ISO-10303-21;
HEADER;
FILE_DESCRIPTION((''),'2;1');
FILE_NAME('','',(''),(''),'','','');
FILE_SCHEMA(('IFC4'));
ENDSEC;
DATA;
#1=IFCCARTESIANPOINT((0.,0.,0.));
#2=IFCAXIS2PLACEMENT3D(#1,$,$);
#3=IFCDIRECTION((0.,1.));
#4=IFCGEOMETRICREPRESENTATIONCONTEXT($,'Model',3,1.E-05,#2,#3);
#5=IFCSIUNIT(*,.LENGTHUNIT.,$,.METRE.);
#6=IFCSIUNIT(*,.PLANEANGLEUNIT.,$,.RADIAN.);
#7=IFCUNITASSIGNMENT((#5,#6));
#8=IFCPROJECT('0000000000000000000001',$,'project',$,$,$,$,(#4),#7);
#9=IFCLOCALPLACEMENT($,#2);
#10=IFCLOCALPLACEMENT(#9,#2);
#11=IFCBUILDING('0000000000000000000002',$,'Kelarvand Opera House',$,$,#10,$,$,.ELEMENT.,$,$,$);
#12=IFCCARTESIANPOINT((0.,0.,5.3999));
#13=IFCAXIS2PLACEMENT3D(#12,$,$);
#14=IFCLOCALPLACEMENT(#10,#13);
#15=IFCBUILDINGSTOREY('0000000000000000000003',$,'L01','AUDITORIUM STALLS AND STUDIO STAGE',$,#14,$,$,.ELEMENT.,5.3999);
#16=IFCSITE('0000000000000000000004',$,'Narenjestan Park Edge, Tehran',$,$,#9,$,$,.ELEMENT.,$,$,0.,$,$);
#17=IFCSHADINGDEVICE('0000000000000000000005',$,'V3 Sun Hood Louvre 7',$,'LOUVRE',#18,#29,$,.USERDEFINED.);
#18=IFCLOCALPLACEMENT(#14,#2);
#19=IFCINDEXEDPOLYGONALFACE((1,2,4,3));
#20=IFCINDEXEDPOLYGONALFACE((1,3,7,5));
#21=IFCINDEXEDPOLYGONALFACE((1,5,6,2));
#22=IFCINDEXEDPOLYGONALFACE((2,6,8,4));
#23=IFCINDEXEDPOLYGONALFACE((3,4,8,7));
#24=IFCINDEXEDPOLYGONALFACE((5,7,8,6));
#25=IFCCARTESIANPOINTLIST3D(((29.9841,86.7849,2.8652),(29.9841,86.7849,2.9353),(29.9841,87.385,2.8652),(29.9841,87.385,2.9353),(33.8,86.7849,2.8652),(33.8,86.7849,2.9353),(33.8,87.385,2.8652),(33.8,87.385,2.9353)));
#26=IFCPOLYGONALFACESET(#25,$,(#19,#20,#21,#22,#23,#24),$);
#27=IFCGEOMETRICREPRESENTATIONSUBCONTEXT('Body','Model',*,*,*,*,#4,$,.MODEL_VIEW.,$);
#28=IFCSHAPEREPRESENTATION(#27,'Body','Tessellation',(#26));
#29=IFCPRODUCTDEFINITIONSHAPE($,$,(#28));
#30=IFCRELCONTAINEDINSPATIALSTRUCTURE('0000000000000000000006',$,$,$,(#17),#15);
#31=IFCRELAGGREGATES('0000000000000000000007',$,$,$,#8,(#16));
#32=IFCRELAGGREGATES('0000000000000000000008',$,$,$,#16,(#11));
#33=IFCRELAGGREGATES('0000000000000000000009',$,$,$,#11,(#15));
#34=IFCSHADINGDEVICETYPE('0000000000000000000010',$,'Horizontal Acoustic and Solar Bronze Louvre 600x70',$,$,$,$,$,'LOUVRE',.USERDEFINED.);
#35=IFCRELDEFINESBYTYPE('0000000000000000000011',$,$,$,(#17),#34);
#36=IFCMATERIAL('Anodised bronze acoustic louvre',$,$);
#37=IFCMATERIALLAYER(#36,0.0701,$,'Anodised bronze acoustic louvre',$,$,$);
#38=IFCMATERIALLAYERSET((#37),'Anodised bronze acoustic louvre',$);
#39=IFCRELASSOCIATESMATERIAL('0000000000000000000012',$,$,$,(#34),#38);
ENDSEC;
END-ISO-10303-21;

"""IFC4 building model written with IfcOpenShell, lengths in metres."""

from ifc_helpers import new_model, si_unit, direction, frame, origin, origin_2d, place, context, subcontext, project, spatial, rectangle, extrude, material, layer, layer_set, type_object, element, save


model = new_model("IFC4")

# Units and contexts
model_context = context("Model", 3, precision=1e-05, world=origin(), true_north=direction((0.0, 1.0)))
body_context = subcontext(model_context, "Body", "Model", "MODEL_VIEW")
ifc_project = project(units=[si_unit("LENGTHUNIT", "METRE"), si_unit("PLANEANGLEUNIT", "RADIAN")], contexts=[model_context])

# Site, building, storey
site_placement = place(None, origin())
site = spatial("IfcSite", under=ifc_project, at=site_placement, Name="Narenjestan Park Edge, Tehran", CompositionType="ELEMENT", RefElevation=0.0)
building_placement = place(site_placement, origin())
building = spatial("IfcBuilding", under=site, at=building_placement, Name="Kelarvand Opera House", CompositionType="ELEMENT")
storey_placement = place(building_placement, frame((0.0, 0.0, 5.3999)))
storey = spatial("IfcBuildingStorey", under=building, at=storey_placement, Name="L01", Description="AUDITORIUM STALLS AND STUDIO STAGE", CompositionType="ELEMENT", Elevation=5.3999)

# Shading device
ifc_material_1 = material(Name="Anodised bronze acoustic louvre")
ifc_layer_1 = layer(ifc_material_1, 0.0701, Name="Anodised bronze acoustic louvre")
ifc_layer_set_1 = layer_set([ifc_layer_1], Name="Anodised bronze acoustic louvre")
shading_device_type = type_object("IfcShadingDeviceType", Name="Horizontal Acoustic and Solar Bronze Louvre 600x70", ElementType="LOUVRE", PredefinedType="USERDEFINED", material=ifc_layer_set_1)
shading_device_placement = place(storey_placement, frame((31.8921, 87.085, 2.8652), z_axis=(0.0, 0.0, 1.0), x_axis=(-1.0, 0.0, 0.0)))
element("IfcShadingDevice", 1, at=shading_device_placement, inside=storey, type_object=shading_device_type, Name="V3 Sun Hood Louvre 7", ObjectType="LOUVRE", PredefinedType="USERDEFINED", context=body_context, shape_type="SweptSolid", body=[
    extrude(rectangle(XDim=3.8159, YDim=0.6001, at=origin_2d()), origin(), (0.0, 0.0, 1.0), 0.0701),
])

save(model, "model.ifc")
